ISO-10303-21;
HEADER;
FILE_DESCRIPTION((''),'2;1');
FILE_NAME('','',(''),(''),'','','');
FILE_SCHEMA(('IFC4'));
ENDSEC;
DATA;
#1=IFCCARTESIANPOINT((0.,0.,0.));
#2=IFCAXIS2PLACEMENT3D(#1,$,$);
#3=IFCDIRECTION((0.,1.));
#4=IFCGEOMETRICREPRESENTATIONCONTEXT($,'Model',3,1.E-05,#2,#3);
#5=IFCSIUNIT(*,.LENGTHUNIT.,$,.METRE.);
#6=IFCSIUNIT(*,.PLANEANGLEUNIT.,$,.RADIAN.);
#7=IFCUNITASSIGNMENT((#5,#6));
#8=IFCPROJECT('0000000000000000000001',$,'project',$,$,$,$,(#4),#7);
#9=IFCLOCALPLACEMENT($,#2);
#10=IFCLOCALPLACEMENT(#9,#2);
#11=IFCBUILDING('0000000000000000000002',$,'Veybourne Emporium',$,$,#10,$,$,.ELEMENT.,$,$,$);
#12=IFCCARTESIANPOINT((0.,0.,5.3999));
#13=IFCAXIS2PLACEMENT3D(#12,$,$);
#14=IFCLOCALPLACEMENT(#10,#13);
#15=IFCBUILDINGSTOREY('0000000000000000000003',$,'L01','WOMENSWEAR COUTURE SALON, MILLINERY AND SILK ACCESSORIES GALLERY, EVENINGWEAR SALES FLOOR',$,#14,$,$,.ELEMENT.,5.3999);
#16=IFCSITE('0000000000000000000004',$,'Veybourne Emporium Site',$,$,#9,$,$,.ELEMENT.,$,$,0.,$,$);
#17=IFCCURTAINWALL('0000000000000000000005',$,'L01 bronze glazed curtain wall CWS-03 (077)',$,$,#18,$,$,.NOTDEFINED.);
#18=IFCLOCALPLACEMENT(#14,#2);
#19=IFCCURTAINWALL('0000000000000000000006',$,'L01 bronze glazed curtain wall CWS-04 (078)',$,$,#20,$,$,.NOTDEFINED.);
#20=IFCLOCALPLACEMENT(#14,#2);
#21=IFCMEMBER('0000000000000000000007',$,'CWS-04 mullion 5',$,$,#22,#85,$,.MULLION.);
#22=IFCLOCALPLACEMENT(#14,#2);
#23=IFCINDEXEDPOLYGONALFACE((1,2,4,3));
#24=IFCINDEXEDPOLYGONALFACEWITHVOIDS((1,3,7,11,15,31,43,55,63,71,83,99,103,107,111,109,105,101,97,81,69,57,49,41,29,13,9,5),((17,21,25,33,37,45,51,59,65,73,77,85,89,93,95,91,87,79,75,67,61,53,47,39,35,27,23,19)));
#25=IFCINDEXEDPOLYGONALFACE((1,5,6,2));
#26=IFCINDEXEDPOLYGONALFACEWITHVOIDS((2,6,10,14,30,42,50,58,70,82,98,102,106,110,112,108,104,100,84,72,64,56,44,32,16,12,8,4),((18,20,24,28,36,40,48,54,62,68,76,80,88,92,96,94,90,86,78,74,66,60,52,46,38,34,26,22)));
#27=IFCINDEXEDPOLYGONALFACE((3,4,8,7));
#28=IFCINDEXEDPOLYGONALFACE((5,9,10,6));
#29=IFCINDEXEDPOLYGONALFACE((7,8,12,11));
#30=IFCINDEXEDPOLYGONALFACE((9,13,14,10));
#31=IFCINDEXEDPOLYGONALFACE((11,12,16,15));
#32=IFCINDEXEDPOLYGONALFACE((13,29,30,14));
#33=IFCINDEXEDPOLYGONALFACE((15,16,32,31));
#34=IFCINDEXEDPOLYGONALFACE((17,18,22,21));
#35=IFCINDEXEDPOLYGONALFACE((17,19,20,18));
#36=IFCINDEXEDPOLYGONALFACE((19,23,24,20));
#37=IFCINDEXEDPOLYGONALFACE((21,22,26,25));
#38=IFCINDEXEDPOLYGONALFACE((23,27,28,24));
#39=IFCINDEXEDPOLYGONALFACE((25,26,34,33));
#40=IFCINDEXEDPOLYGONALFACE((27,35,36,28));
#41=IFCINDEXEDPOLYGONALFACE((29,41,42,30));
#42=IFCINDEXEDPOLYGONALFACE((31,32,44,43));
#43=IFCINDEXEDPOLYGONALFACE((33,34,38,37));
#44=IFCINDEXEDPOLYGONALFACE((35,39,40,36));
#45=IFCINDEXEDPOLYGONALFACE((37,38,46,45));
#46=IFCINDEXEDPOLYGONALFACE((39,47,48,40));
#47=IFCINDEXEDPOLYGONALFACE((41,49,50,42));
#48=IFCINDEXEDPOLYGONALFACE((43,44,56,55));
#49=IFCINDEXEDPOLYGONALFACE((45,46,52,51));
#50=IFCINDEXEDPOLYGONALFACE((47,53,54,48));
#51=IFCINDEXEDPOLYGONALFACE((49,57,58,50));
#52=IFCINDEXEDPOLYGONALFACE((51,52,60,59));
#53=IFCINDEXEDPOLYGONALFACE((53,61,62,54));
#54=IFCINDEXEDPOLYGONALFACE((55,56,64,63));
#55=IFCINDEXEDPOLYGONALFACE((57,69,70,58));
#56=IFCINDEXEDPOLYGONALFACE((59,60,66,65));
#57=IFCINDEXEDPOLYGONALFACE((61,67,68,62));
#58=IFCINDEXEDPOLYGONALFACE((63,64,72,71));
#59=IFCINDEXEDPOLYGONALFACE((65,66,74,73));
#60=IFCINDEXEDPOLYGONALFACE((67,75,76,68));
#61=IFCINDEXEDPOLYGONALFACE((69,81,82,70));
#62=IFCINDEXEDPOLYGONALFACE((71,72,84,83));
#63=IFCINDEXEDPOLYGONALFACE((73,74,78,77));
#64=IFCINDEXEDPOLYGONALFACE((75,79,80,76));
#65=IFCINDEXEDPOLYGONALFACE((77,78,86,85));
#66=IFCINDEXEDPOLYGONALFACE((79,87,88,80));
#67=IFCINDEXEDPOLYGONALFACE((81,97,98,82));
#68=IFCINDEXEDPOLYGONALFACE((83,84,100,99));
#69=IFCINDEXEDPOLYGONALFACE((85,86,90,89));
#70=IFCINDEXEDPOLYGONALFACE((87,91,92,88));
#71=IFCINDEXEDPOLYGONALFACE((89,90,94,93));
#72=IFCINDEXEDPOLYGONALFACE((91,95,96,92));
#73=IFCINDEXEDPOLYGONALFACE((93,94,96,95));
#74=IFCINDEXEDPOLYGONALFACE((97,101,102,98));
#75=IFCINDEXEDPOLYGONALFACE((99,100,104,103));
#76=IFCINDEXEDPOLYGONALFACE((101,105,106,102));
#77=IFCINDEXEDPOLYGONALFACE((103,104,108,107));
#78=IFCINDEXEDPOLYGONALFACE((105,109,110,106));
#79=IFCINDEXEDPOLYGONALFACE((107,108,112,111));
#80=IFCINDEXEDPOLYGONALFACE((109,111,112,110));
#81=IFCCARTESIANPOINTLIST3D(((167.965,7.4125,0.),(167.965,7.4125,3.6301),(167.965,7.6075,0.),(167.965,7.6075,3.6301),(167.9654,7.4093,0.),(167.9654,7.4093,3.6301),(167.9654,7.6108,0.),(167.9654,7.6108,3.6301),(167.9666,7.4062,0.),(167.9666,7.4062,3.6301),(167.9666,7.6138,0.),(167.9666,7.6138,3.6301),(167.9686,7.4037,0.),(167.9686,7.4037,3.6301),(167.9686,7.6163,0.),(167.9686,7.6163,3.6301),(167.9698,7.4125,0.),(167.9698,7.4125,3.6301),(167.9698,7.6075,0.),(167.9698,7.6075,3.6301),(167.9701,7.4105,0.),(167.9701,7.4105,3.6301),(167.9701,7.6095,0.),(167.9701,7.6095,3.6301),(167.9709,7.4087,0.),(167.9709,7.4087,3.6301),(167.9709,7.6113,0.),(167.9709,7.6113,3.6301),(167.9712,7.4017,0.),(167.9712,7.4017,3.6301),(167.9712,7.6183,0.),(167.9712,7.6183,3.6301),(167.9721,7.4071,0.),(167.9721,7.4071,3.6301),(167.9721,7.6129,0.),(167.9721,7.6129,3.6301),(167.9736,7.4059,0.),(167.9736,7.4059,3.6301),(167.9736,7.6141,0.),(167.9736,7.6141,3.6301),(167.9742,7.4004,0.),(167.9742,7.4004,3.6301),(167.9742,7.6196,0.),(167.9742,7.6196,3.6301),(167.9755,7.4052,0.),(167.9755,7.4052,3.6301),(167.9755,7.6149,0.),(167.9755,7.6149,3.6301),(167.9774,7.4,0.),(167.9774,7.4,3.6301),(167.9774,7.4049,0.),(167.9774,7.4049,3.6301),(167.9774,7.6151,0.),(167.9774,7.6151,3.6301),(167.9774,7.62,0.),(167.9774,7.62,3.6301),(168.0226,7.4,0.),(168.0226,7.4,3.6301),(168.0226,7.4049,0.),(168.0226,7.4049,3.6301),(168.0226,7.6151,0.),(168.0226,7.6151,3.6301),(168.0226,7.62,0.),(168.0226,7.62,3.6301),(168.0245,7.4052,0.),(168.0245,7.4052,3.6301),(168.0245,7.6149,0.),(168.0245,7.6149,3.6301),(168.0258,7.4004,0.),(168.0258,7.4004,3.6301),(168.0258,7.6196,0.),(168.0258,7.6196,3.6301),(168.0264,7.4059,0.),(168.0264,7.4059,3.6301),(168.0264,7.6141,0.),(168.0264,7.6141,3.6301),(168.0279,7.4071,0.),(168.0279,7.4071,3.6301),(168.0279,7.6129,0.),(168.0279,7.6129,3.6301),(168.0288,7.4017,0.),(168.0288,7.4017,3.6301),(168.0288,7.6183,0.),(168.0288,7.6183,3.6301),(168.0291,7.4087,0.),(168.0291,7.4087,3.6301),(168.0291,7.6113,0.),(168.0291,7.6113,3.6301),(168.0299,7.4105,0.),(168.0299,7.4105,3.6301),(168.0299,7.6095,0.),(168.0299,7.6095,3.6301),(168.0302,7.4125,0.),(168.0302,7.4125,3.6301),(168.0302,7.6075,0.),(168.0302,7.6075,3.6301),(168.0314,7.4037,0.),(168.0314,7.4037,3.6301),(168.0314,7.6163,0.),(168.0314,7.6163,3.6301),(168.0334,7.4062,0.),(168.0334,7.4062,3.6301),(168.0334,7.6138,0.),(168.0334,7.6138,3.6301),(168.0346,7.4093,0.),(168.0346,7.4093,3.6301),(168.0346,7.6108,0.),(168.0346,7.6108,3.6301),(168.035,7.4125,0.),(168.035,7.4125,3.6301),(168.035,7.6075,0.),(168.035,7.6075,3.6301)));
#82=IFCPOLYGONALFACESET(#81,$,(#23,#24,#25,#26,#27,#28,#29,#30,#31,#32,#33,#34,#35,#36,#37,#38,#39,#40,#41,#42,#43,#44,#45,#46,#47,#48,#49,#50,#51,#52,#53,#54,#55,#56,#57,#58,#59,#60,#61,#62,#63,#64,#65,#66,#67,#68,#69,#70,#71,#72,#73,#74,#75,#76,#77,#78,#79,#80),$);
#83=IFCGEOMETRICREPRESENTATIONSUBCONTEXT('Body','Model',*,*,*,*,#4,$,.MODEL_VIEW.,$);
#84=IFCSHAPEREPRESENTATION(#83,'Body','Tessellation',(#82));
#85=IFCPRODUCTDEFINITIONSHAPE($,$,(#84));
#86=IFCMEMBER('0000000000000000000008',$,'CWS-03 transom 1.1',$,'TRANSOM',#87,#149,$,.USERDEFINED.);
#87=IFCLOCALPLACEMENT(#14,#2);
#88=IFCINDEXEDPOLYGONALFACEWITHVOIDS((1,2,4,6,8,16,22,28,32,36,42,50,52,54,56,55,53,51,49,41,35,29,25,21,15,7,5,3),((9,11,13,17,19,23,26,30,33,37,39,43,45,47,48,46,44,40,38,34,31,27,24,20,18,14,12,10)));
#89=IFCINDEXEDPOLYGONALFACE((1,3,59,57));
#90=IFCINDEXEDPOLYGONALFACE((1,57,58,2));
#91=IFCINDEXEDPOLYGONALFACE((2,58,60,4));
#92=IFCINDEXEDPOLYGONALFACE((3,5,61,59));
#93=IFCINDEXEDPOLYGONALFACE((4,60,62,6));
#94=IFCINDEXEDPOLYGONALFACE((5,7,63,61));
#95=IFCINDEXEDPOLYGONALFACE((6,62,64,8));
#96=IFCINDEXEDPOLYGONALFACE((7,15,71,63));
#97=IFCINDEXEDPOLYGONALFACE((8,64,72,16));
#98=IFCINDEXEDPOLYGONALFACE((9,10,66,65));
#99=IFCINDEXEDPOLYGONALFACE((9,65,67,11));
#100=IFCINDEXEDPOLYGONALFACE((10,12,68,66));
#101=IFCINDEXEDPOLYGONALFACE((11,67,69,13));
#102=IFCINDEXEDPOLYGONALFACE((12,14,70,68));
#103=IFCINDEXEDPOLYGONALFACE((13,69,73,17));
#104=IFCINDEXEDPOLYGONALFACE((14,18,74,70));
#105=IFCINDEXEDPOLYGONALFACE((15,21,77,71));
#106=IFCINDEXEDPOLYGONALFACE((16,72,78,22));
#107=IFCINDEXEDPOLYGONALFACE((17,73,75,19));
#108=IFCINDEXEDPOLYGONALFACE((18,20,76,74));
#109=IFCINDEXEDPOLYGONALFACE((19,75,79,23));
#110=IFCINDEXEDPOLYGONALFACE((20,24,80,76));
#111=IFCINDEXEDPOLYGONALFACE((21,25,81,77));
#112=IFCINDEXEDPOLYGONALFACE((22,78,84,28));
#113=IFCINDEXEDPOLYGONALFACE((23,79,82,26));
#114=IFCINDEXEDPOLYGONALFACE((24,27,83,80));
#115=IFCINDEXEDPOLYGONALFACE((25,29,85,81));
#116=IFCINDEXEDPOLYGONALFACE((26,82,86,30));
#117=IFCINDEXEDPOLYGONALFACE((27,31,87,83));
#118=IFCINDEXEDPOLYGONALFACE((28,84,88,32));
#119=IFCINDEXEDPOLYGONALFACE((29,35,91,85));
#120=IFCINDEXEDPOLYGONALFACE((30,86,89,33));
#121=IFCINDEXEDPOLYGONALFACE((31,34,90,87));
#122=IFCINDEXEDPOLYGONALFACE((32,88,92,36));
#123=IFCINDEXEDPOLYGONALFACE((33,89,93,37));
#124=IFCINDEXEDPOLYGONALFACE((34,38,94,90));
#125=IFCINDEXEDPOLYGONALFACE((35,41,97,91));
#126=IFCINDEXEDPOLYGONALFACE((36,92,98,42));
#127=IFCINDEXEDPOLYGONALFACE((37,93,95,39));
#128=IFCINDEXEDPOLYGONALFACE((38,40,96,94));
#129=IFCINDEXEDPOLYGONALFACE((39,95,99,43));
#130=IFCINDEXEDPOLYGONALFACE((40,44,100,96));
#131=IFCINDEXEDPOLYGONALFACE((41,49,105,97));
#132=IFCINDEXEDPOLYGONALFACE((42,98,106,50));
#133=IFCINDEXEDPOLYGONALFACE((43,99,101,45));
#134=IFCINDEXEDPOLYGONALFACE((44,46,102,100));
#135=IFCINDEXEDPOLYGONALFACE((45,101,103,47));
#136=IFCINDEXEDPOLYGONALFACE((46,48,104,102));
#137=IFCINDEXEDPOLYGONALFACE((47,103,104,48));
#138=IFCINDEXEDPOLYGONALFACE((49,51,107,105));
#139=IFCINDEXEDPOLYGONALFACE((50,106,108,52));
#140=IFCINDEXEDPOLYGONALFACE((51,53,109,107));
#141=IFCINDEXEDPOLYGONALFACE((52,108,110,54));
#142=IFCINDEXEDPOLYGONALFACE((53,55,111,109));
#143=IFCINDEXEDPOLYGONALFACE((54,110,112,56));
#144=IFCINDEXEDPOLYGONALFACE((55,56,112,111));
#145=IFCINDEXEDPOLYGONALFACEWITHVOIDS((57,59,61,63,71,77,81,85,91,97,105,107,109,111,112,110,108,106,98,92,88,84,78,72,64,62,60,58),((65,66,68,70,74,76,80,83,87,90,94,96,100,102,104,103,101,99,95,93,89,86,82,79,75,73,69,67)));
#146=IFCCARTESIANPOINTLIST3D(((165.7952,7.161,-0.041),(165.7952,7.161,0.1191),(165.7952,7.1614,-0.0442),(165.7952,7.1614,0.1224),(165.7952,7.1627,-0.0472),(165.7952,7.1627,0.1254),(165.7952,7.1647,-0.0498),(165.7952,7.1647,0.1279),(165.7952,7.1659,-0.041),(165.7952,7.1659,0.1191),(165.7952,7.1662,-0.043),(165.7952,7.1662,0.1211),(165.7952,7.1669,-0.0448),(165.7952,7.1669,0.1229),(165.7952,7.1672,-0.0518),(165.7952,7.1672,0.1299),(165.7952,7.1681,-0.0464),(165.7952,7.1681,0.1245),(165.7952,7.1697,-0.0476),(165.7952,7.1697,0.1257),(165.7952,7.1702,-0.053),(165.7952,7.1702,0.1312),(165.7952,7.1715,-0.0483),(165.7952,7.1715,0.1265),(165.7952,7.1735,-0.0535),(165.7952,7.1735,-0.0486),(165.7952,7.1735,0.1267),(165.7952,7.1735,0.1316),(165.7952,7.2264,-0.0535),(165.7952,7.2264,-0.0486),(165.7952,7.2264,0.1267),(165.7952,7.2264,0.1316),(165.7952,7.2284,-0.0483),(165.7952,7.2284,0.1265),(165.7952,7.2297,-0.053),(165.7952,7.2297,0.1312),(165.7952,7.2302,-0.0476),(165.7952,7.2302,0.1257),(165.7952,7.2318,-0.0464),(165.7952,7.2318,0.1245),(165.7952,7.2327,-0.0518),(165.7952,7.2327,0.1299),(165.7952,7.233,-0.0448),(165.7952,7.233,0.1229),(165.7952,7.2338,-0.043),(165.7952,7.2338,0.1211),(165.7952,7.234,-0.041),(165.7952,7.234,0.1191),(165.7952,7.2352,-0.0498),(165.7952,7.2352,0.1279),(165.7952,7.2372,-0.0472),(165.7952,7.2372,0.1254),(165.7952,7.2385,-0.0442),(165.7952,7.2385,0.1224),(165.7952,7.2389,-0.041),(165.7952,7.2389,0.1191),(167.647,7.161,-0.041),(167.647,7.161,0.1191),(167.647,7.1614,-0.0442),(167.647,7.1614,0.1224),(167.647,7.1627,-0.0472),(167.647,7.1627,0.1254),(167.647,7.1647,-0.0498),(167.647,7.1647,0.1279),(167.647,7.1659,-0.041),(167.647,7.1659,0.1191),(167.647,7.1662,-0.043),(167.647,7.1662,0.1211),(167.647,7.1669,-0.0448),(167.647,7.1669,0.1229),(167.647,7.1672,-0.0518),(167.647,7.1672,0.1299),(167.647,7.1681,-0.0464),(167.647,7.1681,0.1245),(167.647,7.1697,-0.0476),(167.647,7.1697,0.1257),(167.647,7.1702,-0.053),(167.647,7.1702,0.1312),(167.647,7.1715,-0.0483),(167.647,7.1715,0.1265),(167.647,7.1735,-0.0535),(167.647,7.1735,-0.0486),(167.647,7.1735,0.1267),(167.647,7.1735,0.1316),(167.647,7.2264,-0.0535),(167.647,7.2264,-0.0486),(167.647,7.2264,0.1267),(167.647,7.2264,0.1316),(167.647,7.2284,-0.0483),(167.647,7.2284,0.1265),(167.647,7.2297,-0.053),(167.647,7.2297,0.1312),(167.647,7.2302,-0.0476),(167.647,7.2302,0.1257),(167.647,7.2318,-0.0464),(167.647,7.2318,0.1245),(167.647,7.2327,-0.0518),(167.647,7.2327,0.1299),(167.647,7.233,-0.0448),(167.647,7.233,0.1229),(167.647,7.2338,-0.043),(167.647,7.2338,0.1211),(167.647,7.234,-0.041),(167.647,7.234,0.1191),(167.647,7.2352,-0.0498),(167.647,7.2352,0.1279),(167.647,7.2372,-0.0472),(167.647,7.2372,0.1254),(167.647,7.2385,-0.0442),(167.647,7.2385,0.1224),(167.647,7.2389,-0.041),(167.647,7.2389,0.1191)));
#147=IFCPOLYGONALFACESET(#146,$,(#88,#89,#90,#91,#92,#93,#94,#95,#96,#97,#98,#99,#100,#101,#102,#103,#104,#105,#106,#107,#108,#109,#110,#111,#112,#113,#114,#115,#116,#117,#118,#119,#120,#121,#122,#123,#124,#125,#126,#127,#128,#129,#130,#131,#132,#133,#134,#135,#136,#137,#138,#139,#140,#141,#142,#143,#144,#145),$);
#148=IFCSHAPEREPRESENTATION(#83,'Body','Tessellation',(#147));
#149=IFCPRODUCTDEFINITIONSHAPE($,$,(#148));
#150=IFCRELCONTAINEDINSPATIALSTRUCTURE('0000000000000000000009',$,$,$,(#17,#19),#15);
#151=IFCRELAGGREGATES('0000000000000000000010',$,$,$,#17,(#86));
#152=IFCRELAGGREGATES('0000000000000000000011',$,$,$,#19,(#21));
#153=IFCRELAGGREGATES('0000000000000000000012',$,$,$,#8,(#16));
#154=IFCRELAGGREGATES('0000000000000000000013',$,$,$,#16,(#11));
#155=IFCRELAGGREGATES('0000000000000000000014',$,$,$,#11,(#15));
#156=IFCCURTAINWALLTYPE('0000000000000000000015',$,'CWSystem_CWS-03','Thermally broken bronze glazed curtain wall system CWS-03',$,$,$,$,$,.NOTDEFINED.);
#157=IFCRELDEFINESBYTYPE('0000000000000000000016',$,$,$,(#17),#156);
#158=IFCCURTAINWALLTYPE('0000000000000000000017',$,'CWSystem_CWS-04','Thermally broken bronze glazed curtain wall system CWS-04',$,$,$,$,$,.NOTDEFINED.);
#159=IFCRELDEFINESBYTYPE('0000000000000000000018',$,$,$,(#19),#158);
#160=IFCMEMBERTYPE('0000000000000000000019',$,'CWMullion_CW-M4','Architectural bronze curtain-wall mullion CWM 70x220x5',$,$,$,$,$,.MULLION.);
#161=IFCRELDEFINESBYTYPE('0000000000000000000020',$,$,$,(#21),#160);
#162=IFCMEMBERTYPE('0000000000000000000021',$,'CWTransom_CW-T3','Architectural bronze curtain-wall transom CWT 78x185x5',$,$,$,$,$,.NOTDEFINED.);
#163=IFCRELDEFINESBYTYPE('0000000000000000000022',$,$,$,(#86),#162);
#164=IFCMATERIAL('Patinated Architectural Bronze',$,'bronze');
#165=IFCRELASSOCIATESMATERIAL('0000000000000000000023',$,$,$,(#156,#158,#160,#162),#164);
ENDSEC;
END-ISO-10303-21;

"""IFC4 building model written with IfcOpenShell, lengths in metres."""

from ifc_helpers import new_model, si_unit, direction, frame, origin, origin_2d, place, context, subcontext, project, spatial, hollow_rectangle, extrude, material, material_profile, profile_set, type_object, element, aggregate, save


model = new_model("IFC4")

# Units and contexts
model_context = context("Model", 3, precision=1e-05, world=origin(), true_north=direction((0.0, 1.0)))
body_context = subcontext(model_context, "Body", "Model", "MODEL_VIEW")
ifc_project = project(units=[si_unit("LENGTHUNIT", "METRE"), si_unit("PLANEANGLEUNIT", "RADIAN")], contexts=[model_context])

# Site, building, storey
site_placement = place(None, origin())
site = spatial("IfcSite", under=ifc_project, at=site_placement, Name="Veybourne Emporium Site", CompositionType="ELEMENT", RefElevation=0.0)
building_placement = place(site_placement, origin())
building = spatial("IfcBuilding", under=site, at=building_placement, Name="Veybourne Emporium", CompositionType="ELEMENT")
storey_placement = place(building_placement, frame((0.0, 0.0, 5.3999)))
storey = spatial("IfcBuildingStorey", under=building, at=storey_placement, Name="L01", Description="WOMENSWEAR COUTURE SALON, MILLINERY AND SILK ACCESSORIES GALLERY, EVENINGWEAR SALES FLOOR", CompositionType="ELEMENT", Elevation=5.3999)

# Curtain wall
ifc_material_1 = material(Name="Patinated Architectural Bronze", Category="bronze")
curtain_wall_type_1 = type_object("IfcCurtainWallType", Name="CWSystem_CWS-03", Description="Thermally broken bronze glazed curtain wall system CWS-03", PredefinedType="NOTDEFINED", material=ifc_material_1)
curtain_wall_1_placement = place(storey_placement, origin())
curtain_wall_1 = element("IfcCurtainWall", 1, at=curtain_wall_1_placement, inside=storey, type_object=curtain_wall_type_1, Name="L01 bronze glazed curtain wall CWS-03 (077)", PredefinedType="NOTDEFINED")

# Curtain wall, member
curtain_wall_type_2 = type_object("IfcCurtainWallType", Name="CWSystem_CWS-04", Description="Thermally broken bronze glazed curtain wall system CWS-04", PredefinedType="NOTDEFINED", material=ifc_material_1)
curtain_wall_2_placement = place(storey_placement, origin())
curtain_wall_2 = element("IfcCurtainWall", 2, at=curtain_wall_2_placement, inside=storey, type_object=curtain_wall_type_2, Name="L01 bronze glazed curtain wall CWS-04 (078)", PredefinedType="NOTDEFINED")
ifc_material_profile_1 = material_profile(ifc_material_1, hollow_rectangle(XDim=0.0701, YDim=0.22, WallThickness=0.0049, InnerFilletRadius=0.0076, OuterFilletRadius=0.0125, at=origin_2d()), Name="CWM 70x220x5")
ifc_profile_set_1 = profile_set([ifc_material_profile_1], Name="Patinated Architectural Bronze")
member_type_1 = type_object("IfcMemberType", Name="CWMullion_CW-M4", Description="Architectural bronze curtain-wall mullion CWM 70x220x5", PredefinedType="MULLION", material=ifc_profile_set_1)
member_1_placement = place(storey_placement, frame((168.0, 7.51, 0.0), z_axis=(0.0, 0.0, 1.0), x_axis=(1.0, 0.0, 0.0)))
member_1 = element("IfcMember", 3, at=member_1_placement, type_object=member_type_1, Name="CWS-04 mullion 5", PredefinedType="MULLION", context=body_context, shape_type="SweptSolid", body=[
    extrude(hollow_rectangle(XDim=0.0701, YDim=0.22, WallThickness=0.0049, InnerFilletRadius=0.0076, OuterFilletRadius=0.0125, at=origin_2d()), origin(), (0.0, 0.0, 1.0), 3.6301),
])

# Member
ifc_material_profile_2 = material_profile(ifc_material_1, hollow_rectangle(XDim=0.0779, YDim=0.1851, WallThickness=0.0049, InnerFilletRadius=0.0076, OuterFilletRadius=0.0125, at=origin_2d()), Name="CWT 78x185x5")
ifc_profile_set_2 = profile_set([ifc_material_profile_2], Name="Patinated Architectural Bronze")
member_type_2 = type_object("IfcMemberType", Name="CWTransom_CW-T3", Description="Architectural bronze curtain-wall transom CWT 78x185x5", PredefinedType="NOTDEFINED", material=ifc_profile_set_2)
member_2_placement = place(storey_placement, frame((167.647, 7.2, 0.0391), z_axis=(-1.0, 0.0, 0.0), x_axis=(0.0, -1.0, 0.0)))
member_2 = element("IfcMember", 4, at=member_2_placement, type_object=member_type_2, Name="CWS-03 transom 1.1", ObjectType="TRANSOM", PredefinedType="USERDEFINED", context=body_context, shape_type="SweptSolid", body=[
    extrude(hollow_rectangle(XDim=0.0779, YDim=0.1851, WallThickness=0.0049, InnerFilletRadius=0.0076, OuterFilletRadius=0.0125, at=origin_2d()), origin(), (0.0, 0.0, 1.0), 1.8518),
])

aggregate(curtain_wall_1, [member_2])
aggregate(curtain_wall_2, [member_1])

save(model, "model.ifc")
